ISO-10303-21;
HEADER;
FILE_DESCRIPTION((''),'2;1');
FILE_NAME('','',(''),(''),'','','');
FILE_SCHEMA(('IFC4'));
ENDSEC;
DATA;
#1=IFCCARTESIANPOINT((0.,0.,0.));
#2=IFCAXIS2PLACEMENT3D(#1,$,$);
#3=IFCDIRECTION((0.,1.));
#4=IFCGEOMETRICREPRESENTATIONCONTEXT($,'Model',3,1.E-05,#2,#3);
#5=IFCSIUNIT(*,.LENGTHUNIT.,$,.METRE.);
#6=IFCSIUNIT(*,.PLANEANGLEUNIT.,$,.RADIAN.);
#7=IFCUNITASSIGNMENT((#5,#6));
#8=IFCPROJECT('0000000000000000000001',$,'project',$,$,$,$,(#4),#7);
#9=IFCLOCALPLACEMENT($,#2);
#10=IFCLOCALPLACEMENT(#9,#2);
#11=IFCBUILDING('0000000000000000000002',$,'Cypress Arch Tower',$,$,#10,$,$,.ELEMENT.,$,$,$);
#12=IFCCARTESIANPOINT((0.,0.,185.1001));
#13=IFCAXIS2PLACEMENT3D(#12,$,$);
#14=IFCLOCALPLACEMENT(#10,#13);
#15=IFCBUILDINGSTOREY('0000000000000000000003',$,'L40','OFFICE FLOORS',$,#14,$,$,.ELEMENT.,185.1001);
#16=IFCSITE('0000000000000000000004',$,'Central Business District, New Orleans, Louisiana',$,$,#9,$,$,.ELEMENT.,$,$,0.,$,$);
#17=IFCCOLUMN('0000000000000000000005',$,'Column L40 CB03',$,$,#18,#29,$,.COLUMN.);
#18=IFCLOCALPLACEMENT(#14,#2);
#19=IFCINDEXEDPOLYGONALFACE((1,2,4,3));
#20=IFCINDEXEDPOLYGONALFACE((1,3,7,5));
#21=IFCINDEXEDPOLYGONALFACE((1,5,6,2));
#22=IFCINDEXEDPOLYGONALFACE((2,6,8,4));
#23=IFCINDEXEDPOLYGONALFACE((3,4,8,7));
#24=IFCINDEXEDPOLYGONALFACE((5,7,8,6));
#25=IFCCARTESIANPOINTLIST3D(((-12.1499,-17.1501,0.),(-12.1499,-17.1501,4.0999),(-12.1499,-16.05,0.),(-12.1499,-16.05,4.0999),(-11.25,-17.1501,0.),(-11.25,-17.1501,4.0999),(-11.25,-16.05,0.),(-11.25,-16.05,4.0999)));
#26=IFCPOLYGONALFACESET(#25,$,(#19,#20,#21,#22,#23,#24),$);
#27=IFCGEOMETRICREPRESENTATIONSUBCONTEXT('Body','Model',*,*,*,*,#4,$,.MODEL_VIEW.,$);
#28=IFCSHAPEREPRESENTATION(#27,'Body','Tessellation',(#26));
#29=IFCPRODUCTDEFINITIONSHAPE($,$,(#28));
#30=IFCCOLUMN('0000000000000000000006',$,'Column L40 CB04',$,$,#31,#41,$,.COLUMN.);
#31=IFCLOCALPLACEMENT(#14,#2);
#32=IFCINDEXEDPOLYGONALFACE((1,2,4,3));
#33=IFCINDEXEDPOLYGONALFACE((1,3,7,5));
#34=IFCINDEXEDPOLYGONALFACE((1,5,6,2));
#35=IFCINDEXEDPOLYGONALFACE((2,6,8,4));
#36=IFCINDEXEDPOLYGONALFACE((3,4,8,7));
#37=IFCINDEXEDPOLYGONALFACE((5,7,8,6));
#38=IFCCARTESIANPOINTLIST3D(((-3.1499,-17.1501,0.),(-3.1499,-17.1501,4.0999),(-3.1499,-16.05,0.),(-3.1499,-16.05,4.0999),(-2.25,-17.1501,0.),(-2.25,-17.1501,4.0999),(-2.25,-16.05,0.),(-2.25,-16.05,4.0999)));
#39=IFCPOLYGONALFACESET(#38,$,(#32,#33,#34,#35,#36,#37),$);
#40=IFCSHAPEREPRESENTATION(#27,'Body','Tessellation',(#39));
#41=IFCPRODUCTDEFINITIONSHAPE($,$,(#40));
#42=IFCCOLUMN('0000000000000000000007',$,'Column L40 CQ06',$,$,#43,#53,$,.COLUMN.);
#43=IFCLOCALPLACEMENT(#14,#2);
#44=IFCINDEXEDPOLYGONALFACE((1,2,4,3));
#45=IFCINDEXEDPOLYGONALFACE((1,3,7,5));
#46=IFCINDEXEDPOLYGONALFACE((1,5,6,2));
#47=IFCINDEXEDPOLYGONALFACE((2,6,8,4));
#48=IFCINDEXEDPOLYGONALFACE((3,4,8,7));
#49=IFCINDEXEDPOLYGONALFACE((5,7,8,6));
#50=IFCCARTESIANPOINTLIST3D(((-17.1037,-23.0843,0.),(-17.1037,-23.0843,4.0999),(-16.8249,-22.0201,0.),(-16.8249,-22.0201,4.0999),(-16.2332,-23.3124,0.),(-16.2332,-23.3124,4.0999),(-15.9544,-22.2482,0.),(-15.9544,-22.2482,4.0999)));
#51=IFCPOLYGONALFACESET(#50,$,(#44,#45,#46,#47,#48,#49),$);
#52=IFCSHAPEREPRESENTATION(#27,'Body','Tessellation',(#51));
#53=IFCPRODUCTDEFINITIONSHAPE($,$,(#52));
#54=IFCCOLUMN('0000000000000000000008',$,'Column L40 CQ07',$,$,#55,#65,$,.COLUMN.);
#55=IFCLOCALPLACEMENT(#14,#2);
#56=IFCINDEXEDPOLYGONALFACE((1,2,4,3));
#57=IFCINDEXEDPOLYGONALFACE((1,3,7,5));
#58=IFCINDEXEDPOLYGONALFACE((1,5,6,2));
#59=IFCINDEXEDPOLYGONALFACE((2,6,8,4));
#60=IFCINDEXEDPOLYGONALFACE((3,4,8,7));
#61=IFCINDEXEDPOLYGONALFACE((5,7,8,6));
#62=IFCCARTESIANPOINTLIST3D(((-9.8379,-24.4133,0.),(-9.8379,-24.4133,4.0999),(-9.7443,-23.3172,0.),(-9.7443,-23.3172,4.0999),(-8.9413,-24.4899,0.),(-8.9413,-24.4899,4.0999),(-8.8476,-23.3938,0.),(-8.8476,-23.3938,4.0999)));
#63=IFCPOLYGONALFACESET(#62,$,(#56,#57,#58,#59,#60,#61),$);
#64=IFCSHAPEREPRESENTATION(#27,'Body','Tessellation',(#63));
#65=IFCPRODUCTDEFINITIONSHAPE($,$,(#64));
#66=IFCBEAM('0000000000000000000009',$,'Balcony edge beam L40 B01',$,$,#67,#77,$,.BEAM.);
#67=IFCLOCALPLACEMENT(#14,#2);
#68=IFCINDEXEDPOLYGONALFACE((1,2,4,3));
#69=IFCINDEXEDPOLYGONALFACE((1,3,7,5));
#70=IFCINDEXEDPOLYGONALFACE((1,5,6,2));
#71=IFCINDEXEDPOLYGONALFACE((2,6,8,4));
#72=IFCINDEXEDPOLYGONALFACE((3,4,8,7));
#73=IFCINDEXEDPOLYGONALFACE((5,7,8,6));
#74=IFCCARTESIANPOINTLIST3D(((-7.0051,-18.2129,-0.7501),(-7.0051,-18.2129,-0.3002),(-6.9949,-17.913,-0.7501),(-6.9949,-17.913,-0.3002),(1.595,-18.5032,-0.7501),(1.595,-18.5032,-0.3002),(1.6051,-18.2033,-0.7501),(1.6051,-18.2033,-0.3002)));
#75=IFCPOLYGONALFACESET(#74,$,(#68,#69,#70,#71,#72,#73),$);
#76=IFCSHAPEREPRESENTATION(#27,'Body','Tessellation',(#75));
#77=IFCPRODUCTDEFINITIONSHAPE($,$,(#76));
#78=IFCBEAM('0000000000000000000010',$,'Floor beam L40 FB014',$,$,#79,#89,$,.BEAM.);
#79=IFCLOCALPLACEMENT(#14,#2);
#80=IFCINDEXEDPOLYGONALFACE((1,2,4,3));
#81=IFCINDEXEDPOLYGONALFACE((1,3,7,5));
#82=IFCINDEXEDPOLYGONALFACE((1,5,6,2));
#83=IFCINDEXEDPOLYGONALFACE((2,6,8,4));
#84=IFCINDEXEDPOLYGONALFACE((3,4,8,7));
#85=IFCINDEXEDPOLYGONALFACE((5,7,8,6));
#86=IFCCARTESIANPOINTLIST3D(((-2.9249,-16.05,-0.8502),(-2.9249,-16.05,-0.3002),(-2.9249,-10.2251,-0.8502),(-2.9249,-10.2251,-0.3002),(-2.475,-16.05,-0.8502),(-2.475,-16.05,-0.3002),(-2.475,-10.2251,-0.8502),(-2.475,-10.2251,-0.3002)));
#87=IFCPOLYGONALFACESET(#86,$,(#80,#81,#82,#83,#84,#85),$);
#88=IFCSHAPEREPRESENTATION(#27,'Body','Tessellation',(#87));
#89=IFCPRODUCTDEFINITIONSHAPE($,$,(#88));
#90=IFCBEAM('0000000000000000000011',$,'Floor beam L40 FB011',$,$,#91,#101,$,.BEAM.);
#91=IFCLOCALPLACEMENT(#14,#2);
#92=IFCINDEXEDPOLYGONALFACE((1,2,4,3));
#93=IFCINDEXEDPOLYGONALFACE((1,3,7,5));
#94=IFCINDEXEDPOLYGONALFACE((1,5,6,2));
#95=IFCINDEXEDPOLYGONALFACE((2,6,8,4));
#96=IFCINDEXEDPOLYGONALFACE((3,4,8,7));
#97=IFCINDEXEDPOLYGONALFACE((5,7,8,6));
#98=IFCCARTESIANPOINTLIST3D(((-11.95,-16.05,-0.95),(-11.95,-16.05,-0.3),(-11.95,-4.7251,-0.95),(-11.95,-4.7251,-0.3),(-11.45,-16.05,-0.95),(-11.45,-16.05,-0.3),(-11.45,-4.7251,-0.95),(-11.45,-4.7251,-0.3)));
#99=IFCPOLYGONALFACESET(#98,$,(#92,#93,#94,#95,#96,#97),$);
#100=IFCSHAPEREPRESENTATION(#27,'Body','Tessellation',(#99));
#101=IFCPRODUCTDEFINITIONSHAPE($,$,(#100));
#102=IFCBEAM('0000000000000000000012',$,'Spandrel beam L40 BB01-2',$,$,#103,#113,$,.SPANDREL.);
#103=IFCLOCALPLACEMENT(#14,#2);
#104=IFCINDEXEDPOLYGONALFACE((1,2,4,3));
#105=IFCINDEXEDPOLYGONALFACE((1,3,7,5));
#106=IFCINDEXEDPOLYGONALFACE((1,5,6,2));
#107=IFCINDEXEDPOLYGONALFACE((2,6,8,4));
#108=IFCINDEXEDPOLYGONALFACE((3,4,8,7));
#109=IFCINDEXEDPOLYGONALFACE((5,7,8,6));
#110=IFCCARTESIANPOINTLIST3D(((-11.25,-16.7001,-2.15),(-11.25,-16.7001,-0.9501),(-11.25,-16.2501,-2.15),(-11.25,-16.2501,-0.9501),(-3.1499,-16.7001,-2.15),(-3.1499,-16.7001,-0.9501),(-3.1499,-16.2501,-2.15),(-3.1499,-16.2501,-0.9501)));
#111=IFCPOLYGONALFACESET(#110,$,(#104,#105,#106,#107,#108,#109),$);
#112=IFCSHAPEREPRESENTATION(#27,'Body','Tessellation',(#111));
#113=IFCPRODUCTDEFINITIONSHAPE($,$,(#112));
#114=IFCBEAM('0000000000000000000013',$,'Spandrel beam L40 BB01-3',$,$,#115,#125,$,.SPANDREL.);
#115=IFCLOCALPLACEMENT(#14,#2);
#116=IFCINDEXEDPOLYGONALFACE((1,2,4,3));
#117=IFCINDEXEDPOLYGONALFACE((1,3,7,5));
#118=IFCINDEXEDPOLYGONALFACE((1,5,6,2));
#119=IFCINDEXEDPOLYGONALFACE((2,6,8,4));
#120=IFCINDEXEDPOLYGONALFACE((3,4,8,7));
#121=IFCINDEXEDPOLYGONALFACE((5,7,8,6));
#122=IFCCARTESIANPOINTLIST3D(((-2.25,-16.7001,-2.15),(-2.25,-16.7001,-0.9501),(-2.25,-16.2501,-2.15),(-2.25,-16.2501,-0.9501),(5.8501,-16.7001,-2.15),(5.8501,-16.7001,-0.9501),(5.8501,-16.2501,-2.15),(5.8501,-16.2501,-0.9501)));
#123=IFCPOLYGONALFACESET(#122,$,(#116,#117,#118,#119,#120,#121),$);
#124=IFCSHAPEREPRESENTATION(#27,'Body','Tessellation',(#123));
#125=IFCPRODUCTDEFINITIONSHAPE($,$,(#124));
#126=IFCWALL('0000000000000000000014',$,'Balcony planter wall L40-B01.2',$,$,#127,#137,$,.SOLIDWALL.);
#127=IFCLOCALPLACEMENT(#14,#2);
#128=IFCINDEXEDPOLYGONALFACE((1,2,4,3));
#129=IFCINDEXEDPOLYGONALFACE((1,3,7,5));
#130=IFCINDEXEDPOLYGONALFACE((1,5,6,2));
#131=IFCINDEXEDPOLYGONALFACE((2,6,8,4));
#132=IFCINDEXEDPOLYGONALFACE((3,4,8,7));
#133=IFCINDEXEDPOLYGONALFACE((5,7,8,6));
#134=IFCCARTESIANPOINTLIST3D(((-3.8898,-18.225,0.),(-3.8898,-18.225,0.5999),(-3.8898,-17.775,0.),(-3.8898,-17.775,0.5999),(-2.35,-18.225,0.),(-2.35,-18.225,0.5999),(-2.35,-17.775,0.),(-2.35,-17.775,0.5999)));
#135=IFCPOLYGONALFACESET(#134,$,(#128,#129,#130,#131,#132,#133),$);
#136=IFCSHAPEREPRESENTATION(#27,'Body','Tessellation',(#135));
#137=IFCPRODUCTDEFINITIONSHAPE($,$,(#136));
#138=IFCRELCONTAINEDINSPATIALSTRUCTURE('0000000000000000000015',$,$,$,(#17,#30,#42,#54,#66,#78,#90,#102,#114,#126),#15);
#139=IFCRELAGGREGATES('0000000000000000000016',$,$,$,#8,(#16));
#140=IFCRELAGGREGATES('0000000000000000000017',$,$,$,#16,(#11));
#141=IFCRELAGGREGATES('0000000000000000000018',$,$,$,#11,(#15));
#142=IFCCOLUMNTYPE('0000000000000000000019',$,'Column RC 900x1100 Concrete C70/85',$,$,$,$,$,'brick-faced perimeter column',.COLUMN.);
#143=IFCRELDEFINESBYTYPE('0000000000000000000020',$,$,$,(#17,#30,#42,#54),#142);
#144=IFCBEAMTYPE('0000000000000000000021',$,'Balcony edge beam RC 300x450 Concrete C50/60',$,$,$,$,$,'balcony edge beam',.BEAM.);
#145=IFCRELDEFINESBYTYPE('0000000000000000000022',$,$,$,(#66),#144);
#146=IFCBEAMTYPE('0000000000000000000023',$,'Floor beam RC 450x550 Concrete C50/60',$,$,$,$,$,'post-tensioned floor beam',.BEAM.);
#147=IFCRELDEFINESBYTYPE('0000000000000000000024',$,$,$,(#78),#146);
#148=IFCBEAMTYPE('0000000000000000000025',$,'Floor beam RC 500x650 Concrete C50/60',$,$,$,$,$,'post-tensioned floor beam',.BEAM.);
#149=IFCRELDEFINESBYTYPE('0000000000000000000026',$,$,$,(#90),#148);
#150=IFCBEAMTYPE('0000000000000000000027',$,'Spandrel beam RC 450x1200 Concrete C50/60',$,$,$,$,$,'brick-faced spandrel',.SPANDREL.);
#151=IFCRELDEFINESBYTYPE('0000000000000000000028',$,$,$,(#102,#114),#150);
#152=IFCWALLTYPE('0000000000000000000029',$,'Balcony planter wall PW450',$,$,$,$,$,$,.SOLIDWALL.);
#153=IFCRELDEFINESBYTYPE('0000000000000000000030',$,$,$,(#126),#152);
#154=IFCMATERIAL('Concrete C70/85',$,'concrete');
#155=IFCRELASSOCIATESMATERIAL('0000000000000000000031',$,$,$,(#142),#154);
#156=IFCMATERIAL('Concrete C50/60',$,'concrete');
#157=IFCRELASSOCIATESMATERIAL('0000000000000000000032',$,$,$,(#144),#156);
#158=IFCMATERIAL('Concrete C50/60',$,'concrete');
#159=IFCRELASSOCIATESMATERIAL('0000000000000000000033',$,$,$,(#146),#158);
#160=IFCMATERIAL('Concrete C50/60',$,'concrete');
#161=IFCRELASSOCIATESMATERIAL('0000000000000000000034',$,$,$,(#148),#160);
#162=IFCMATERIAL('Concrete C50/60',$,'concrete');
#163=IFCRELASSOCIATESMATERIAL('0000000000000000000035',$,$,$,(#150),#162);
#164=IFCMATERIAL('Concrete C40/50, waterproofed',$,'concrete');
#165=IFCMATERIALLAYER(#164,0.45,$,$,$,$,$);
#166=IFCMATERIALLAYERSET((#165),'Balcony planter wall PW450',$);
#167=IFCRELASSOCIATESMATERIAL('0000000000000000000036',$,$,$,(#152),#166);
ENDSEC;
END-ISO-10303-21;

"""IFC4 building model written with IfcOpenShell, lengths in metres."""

from ifc_helpers import new_model, si_unit, direction, frame, frame_2d, origin, origin_2d, place, context, subcontext, project, spatial, rectangle, extrude, material, layer, layer_set, material_profile, profile_set, type_object, element, save


model = new_model("IFC4")

# Units and contexts
model_context = context("Model", 3, precision=1e-05, world=origin(), true_north=direction((0.0, 1.0)))
body_context = subcontext(model_context, "Body", "Model", "MODEL_VIEW")
ifc_project = project(units=[si_unit("LENGTHUNIT", "METRE"), si_unit("PLANEANGLEUNIT", "RADIAN")], contexts=[model_context])

# Site, building, storey
site_placement = place(None, origin())
site = spatial("IfcSite", under=ifc_project, at=site_placement, Name="Central Business District, New Orleans, Louisiana", CompositionType="ELEMENT", RefElevation=0.0)
building_placement = place(site_placement, origin())
building = spatial("IfcBuilding", under=site, at=building_placement, Name="Cypress Arch Tower", CompositionType="ELEMENT")
storey_placement = place(building_placement, frame((0.0, 0.0, 185.1001)))
storey = spatial("IfcBuildingStorey", under=building, at=storey_placement, Name="L40", Description="OFFICE FLOORS", CompositionType="ELEMENT", Elevation=185.1001)

# Columns
ifc_material_1 = material(Name="Concrete C70/85", Category="concrete")
ifc_material_profile_1 = material_profile(ifc_material_1, rectangle(XDim=0.8999, YDim=1.1001, at=origin_2d()), Name="RC 900x1100")
ifc_profile_set_1 = profile_set([ifc_material_profile_1], Name="Concrete C70/85")
column_type = type_object("IfcColumnType", Name="Column RC 900x1100 Concrete C70/85", ElementType="brick-faced perimeter column", PredefinedType="COLUMN", material=ifc_profile_set_1)
for number, where, z_axis, x_axis, name in (
    (1, (-11.7, -16.6001, 0.0), (0.0, 0.0, 1.0), (1.0, 0.0, 0.0), "Column L40 CB03"),
    (2, (-2.7, -16.6001, 0.0), (0.0, 0.0, 1.0), (1.0, 0.0, 0.0), "Column L40 CB04"),
    (3, (-16.5291, -22.6663, 0.0), (0.0, 0.0, 1.0), (0.967356, -0.253422, 0.0), "Column L40 CQ06"),
    (4, (-9.3428, -23.9036, 0.0), (0.0, 0.0, 1.0), (0.996368, -0.085149, 0.0), "Column L40 CQ07"),
):
    element("IfcColumn", number, at=place(storey_placement, frame(where, z_axis=z_axis, x_axis=x_axis)), inside=storey, type_object=column_type, Name=name, PredefinedType="COLUMN", context=body_context, shape_type="SweptSolid", body=[
        extrude(rectangle(XDim=0.8999, YDim=1.1001, at=origin_2d()), origin(), (0.0, 0.0, 1.0), 4.0999),
    ])

# Beams
ifc_material_2 = material(Name="Concrete C50/60", Category="concrete")
ifc_material_profile_2 = material_profile(ifc_material_2, rectangle(XDim=0.3, YDim=0.45, at=origin_2d()), Name="RC 300x450")
ifc_profile_set_2 = profile_set([ifc_material_profile_2], Name="Concrete C50/60")
beam_type_1 = type_object("IfcBeamType", Name="Balcony edge beam RC 300x450 Concrete C50/60", ElementType="balcony edge beam", PredefinedType="BEAM", material=ifc_profile_set_2)
beam_1_placement = place(storey_placement, frame((-7.0, -18.063, -0.5251), z_axis=(0.999431, -0.033734, 0.0), x_axis=(0.033734, 0.999431, 0.0)))
element("IfcBeam", 5, at=beam_1_placement, inside=storey, type_object=beam_type_1, Name="Balcony edge beam L40 B01", PredefinedType="BEAM", context=body_context, shape_type="SweptSolid", body=[
    extrude(rectangle(XDim=0.3, YDim=0.45, at=origin_2d()), origin(), (0.0, 0.0, 1.0), 8.605),
])
ifc_material_3 = material(Name="Concrete C50/60", Category="concrete")
ifc_material_profile_3 = material_profile(ifc_material_3, rectangle(XDim=0.45, YDim=0.55, at=origin_2d()), Name="RC 450x550")
ifc_profile_set_3 = profile_set([ifc_material_profile_3], Name="Concrete C50/60")
beam_type_2 = type_object("IfcBeamType", Name="Floor beam RC 450x550 Concrete C50/60", ElementType="post-tensioned floor beam", PredefinedType="BEAM", material=ifc_profile_set_3)
beam_2_placement = place(storey_placement, frame((-2.7, -16.05, -0.5752), z_axis=(0.0, 1.0, 0.0), x_axis=(-1.0, 0.0, 0.0)))
element("IfcBeam", 6, at=beam_2_placement, inside=storey, type_object=beam_type_2, Name="Floor beam L40 FB014", PredefinedType="BEAM", context=body_context, shape_type="SweptSolid", body=[
    extrude(rectangle(XDim=0.45, YDim=0.55, at=origin_2d()), origin(), (0.0, 0.0, 1.0), 5.825),
])
ifc_material_4 = material(Name="Concrete C50/60", Category="concrete")
ifc_material_profile_4 = material_profile(ifc_material_4, rectangle(XDim=0.5, YDim=0.6499, at=origin_2d()), Name="RC 500x650")
ifc_profile_set_4 = profile_set([ifc_material_profile_4], Name="Concrete C50/60")
beam_type_3 = type_object("IfcBeamType", Name="Floor beam RC 500x650 Concrete C50/60", ElementType="post-tensioned floor beam", PredefinedType="BEAM", material=ifc_profile_set_4)
beam_3_placement = place(storey_placement, frame((-11.7, -16.05, -0.625), z_axis=(0.0, 1.0, 0.0), x_axis=(-1.0, 0.0, 0.0)))
element("IfcBeam", 7, at=beam_3_placement, inside=storey, type_object=beam_type_3, Name="Floor beam L40 FB011", PredefinedType="BEAM", context=body_context, shape_type="SweptSolid", body=[
    extrude(rectangle(XDim=0.5, YDim=0.6499, at=origin_2d()), origin(), (0.0, 0.0, 1.0), 11.325),
])
ifc_material_5 = material(Name="Concrete C50/60", Category="concrete")
ifc_material_profile_5 = material_profile(ifc_material_5, rectangle(XDim=0.45, YDim=1.2, at=origin_2d()), Name="RC 450x1200")
ifc_profile_set_5 = profile_set([ifc_material_profile_5], Name="Concrete C50/60")
beam_type_4 = type_object("IfcBeamType", Name="Spandrel beam RC 450x1200 Concrete C50/60", ElementType="brick-faced spandrel", PredefinedType="SPANDREL", material=ifc_profile_set_5)
for number, where, z_axis, x_axis, name in (
    (8, (-11.25, -16.4751, -1.55), (1.0, 0.0, 0.0), (0.0, 1.0, 0.0), "Spandrel beam L40 BB01-2"),
    (9, (-2.25, -16.4751, -1.55), (1.0, 0.0, 0.0), (0.0, 1.0, 0.0), "Spandrel beam L40 BB01-3"),
):
    element("IfcBeam", number, at=place(storey_placement, frame(where, z_axis=z_axis, x_axis=x_axis)), inside=storey, type_object=beam_type_4, Name=name, PredefinedType="SPANDREL", context=body_context, shape_type="SweptSolid", body=[
        extrude(rectangle(XDim=0.45, YDim=1.2, at=origin_2d()), origin(), (0.0, 0.0, 1.0), 8.1001),
    ])

# Wall
ifc_material_6 = material(Name="Concrete C40/50, waterproofed", Category="concrete")
ifc_layer_1 = layer(ifc_material_6, 0.45)
ifc_layer_set_1 = layer_set([ifc_layer_1], Name="Balcony planter wall PW450")
wall_type_1 = type_object("IfcWallType", Name="Balcony planter wall PW450", PredefinedType="SOLIDWALL", material=ifc_layer_set_1)
wall_1_placement = place(storey_placement, frame((-3.8899, -18.0, 0.0), z_axis=(0.0, 0.0, 1.0), x_axis=(1.0, 0.0, 0.0)))
element("IfcWall", 10, at=wall_1_placement, inside=storey, type_object=wall_type_1, Name="Balcony planter wall L40-B01.2", PredefinedType="SOLIDWALL", context=body_context, shape_type="SweptSolid", body=[
    extrude(rectangle(XDim=1.5398, YDim=0.45, at=frame_2d((0.77, 0.0))), origin(), (0.0, 0.0, 1.0), 0.5999),
])

save(model, "model.ifc")
